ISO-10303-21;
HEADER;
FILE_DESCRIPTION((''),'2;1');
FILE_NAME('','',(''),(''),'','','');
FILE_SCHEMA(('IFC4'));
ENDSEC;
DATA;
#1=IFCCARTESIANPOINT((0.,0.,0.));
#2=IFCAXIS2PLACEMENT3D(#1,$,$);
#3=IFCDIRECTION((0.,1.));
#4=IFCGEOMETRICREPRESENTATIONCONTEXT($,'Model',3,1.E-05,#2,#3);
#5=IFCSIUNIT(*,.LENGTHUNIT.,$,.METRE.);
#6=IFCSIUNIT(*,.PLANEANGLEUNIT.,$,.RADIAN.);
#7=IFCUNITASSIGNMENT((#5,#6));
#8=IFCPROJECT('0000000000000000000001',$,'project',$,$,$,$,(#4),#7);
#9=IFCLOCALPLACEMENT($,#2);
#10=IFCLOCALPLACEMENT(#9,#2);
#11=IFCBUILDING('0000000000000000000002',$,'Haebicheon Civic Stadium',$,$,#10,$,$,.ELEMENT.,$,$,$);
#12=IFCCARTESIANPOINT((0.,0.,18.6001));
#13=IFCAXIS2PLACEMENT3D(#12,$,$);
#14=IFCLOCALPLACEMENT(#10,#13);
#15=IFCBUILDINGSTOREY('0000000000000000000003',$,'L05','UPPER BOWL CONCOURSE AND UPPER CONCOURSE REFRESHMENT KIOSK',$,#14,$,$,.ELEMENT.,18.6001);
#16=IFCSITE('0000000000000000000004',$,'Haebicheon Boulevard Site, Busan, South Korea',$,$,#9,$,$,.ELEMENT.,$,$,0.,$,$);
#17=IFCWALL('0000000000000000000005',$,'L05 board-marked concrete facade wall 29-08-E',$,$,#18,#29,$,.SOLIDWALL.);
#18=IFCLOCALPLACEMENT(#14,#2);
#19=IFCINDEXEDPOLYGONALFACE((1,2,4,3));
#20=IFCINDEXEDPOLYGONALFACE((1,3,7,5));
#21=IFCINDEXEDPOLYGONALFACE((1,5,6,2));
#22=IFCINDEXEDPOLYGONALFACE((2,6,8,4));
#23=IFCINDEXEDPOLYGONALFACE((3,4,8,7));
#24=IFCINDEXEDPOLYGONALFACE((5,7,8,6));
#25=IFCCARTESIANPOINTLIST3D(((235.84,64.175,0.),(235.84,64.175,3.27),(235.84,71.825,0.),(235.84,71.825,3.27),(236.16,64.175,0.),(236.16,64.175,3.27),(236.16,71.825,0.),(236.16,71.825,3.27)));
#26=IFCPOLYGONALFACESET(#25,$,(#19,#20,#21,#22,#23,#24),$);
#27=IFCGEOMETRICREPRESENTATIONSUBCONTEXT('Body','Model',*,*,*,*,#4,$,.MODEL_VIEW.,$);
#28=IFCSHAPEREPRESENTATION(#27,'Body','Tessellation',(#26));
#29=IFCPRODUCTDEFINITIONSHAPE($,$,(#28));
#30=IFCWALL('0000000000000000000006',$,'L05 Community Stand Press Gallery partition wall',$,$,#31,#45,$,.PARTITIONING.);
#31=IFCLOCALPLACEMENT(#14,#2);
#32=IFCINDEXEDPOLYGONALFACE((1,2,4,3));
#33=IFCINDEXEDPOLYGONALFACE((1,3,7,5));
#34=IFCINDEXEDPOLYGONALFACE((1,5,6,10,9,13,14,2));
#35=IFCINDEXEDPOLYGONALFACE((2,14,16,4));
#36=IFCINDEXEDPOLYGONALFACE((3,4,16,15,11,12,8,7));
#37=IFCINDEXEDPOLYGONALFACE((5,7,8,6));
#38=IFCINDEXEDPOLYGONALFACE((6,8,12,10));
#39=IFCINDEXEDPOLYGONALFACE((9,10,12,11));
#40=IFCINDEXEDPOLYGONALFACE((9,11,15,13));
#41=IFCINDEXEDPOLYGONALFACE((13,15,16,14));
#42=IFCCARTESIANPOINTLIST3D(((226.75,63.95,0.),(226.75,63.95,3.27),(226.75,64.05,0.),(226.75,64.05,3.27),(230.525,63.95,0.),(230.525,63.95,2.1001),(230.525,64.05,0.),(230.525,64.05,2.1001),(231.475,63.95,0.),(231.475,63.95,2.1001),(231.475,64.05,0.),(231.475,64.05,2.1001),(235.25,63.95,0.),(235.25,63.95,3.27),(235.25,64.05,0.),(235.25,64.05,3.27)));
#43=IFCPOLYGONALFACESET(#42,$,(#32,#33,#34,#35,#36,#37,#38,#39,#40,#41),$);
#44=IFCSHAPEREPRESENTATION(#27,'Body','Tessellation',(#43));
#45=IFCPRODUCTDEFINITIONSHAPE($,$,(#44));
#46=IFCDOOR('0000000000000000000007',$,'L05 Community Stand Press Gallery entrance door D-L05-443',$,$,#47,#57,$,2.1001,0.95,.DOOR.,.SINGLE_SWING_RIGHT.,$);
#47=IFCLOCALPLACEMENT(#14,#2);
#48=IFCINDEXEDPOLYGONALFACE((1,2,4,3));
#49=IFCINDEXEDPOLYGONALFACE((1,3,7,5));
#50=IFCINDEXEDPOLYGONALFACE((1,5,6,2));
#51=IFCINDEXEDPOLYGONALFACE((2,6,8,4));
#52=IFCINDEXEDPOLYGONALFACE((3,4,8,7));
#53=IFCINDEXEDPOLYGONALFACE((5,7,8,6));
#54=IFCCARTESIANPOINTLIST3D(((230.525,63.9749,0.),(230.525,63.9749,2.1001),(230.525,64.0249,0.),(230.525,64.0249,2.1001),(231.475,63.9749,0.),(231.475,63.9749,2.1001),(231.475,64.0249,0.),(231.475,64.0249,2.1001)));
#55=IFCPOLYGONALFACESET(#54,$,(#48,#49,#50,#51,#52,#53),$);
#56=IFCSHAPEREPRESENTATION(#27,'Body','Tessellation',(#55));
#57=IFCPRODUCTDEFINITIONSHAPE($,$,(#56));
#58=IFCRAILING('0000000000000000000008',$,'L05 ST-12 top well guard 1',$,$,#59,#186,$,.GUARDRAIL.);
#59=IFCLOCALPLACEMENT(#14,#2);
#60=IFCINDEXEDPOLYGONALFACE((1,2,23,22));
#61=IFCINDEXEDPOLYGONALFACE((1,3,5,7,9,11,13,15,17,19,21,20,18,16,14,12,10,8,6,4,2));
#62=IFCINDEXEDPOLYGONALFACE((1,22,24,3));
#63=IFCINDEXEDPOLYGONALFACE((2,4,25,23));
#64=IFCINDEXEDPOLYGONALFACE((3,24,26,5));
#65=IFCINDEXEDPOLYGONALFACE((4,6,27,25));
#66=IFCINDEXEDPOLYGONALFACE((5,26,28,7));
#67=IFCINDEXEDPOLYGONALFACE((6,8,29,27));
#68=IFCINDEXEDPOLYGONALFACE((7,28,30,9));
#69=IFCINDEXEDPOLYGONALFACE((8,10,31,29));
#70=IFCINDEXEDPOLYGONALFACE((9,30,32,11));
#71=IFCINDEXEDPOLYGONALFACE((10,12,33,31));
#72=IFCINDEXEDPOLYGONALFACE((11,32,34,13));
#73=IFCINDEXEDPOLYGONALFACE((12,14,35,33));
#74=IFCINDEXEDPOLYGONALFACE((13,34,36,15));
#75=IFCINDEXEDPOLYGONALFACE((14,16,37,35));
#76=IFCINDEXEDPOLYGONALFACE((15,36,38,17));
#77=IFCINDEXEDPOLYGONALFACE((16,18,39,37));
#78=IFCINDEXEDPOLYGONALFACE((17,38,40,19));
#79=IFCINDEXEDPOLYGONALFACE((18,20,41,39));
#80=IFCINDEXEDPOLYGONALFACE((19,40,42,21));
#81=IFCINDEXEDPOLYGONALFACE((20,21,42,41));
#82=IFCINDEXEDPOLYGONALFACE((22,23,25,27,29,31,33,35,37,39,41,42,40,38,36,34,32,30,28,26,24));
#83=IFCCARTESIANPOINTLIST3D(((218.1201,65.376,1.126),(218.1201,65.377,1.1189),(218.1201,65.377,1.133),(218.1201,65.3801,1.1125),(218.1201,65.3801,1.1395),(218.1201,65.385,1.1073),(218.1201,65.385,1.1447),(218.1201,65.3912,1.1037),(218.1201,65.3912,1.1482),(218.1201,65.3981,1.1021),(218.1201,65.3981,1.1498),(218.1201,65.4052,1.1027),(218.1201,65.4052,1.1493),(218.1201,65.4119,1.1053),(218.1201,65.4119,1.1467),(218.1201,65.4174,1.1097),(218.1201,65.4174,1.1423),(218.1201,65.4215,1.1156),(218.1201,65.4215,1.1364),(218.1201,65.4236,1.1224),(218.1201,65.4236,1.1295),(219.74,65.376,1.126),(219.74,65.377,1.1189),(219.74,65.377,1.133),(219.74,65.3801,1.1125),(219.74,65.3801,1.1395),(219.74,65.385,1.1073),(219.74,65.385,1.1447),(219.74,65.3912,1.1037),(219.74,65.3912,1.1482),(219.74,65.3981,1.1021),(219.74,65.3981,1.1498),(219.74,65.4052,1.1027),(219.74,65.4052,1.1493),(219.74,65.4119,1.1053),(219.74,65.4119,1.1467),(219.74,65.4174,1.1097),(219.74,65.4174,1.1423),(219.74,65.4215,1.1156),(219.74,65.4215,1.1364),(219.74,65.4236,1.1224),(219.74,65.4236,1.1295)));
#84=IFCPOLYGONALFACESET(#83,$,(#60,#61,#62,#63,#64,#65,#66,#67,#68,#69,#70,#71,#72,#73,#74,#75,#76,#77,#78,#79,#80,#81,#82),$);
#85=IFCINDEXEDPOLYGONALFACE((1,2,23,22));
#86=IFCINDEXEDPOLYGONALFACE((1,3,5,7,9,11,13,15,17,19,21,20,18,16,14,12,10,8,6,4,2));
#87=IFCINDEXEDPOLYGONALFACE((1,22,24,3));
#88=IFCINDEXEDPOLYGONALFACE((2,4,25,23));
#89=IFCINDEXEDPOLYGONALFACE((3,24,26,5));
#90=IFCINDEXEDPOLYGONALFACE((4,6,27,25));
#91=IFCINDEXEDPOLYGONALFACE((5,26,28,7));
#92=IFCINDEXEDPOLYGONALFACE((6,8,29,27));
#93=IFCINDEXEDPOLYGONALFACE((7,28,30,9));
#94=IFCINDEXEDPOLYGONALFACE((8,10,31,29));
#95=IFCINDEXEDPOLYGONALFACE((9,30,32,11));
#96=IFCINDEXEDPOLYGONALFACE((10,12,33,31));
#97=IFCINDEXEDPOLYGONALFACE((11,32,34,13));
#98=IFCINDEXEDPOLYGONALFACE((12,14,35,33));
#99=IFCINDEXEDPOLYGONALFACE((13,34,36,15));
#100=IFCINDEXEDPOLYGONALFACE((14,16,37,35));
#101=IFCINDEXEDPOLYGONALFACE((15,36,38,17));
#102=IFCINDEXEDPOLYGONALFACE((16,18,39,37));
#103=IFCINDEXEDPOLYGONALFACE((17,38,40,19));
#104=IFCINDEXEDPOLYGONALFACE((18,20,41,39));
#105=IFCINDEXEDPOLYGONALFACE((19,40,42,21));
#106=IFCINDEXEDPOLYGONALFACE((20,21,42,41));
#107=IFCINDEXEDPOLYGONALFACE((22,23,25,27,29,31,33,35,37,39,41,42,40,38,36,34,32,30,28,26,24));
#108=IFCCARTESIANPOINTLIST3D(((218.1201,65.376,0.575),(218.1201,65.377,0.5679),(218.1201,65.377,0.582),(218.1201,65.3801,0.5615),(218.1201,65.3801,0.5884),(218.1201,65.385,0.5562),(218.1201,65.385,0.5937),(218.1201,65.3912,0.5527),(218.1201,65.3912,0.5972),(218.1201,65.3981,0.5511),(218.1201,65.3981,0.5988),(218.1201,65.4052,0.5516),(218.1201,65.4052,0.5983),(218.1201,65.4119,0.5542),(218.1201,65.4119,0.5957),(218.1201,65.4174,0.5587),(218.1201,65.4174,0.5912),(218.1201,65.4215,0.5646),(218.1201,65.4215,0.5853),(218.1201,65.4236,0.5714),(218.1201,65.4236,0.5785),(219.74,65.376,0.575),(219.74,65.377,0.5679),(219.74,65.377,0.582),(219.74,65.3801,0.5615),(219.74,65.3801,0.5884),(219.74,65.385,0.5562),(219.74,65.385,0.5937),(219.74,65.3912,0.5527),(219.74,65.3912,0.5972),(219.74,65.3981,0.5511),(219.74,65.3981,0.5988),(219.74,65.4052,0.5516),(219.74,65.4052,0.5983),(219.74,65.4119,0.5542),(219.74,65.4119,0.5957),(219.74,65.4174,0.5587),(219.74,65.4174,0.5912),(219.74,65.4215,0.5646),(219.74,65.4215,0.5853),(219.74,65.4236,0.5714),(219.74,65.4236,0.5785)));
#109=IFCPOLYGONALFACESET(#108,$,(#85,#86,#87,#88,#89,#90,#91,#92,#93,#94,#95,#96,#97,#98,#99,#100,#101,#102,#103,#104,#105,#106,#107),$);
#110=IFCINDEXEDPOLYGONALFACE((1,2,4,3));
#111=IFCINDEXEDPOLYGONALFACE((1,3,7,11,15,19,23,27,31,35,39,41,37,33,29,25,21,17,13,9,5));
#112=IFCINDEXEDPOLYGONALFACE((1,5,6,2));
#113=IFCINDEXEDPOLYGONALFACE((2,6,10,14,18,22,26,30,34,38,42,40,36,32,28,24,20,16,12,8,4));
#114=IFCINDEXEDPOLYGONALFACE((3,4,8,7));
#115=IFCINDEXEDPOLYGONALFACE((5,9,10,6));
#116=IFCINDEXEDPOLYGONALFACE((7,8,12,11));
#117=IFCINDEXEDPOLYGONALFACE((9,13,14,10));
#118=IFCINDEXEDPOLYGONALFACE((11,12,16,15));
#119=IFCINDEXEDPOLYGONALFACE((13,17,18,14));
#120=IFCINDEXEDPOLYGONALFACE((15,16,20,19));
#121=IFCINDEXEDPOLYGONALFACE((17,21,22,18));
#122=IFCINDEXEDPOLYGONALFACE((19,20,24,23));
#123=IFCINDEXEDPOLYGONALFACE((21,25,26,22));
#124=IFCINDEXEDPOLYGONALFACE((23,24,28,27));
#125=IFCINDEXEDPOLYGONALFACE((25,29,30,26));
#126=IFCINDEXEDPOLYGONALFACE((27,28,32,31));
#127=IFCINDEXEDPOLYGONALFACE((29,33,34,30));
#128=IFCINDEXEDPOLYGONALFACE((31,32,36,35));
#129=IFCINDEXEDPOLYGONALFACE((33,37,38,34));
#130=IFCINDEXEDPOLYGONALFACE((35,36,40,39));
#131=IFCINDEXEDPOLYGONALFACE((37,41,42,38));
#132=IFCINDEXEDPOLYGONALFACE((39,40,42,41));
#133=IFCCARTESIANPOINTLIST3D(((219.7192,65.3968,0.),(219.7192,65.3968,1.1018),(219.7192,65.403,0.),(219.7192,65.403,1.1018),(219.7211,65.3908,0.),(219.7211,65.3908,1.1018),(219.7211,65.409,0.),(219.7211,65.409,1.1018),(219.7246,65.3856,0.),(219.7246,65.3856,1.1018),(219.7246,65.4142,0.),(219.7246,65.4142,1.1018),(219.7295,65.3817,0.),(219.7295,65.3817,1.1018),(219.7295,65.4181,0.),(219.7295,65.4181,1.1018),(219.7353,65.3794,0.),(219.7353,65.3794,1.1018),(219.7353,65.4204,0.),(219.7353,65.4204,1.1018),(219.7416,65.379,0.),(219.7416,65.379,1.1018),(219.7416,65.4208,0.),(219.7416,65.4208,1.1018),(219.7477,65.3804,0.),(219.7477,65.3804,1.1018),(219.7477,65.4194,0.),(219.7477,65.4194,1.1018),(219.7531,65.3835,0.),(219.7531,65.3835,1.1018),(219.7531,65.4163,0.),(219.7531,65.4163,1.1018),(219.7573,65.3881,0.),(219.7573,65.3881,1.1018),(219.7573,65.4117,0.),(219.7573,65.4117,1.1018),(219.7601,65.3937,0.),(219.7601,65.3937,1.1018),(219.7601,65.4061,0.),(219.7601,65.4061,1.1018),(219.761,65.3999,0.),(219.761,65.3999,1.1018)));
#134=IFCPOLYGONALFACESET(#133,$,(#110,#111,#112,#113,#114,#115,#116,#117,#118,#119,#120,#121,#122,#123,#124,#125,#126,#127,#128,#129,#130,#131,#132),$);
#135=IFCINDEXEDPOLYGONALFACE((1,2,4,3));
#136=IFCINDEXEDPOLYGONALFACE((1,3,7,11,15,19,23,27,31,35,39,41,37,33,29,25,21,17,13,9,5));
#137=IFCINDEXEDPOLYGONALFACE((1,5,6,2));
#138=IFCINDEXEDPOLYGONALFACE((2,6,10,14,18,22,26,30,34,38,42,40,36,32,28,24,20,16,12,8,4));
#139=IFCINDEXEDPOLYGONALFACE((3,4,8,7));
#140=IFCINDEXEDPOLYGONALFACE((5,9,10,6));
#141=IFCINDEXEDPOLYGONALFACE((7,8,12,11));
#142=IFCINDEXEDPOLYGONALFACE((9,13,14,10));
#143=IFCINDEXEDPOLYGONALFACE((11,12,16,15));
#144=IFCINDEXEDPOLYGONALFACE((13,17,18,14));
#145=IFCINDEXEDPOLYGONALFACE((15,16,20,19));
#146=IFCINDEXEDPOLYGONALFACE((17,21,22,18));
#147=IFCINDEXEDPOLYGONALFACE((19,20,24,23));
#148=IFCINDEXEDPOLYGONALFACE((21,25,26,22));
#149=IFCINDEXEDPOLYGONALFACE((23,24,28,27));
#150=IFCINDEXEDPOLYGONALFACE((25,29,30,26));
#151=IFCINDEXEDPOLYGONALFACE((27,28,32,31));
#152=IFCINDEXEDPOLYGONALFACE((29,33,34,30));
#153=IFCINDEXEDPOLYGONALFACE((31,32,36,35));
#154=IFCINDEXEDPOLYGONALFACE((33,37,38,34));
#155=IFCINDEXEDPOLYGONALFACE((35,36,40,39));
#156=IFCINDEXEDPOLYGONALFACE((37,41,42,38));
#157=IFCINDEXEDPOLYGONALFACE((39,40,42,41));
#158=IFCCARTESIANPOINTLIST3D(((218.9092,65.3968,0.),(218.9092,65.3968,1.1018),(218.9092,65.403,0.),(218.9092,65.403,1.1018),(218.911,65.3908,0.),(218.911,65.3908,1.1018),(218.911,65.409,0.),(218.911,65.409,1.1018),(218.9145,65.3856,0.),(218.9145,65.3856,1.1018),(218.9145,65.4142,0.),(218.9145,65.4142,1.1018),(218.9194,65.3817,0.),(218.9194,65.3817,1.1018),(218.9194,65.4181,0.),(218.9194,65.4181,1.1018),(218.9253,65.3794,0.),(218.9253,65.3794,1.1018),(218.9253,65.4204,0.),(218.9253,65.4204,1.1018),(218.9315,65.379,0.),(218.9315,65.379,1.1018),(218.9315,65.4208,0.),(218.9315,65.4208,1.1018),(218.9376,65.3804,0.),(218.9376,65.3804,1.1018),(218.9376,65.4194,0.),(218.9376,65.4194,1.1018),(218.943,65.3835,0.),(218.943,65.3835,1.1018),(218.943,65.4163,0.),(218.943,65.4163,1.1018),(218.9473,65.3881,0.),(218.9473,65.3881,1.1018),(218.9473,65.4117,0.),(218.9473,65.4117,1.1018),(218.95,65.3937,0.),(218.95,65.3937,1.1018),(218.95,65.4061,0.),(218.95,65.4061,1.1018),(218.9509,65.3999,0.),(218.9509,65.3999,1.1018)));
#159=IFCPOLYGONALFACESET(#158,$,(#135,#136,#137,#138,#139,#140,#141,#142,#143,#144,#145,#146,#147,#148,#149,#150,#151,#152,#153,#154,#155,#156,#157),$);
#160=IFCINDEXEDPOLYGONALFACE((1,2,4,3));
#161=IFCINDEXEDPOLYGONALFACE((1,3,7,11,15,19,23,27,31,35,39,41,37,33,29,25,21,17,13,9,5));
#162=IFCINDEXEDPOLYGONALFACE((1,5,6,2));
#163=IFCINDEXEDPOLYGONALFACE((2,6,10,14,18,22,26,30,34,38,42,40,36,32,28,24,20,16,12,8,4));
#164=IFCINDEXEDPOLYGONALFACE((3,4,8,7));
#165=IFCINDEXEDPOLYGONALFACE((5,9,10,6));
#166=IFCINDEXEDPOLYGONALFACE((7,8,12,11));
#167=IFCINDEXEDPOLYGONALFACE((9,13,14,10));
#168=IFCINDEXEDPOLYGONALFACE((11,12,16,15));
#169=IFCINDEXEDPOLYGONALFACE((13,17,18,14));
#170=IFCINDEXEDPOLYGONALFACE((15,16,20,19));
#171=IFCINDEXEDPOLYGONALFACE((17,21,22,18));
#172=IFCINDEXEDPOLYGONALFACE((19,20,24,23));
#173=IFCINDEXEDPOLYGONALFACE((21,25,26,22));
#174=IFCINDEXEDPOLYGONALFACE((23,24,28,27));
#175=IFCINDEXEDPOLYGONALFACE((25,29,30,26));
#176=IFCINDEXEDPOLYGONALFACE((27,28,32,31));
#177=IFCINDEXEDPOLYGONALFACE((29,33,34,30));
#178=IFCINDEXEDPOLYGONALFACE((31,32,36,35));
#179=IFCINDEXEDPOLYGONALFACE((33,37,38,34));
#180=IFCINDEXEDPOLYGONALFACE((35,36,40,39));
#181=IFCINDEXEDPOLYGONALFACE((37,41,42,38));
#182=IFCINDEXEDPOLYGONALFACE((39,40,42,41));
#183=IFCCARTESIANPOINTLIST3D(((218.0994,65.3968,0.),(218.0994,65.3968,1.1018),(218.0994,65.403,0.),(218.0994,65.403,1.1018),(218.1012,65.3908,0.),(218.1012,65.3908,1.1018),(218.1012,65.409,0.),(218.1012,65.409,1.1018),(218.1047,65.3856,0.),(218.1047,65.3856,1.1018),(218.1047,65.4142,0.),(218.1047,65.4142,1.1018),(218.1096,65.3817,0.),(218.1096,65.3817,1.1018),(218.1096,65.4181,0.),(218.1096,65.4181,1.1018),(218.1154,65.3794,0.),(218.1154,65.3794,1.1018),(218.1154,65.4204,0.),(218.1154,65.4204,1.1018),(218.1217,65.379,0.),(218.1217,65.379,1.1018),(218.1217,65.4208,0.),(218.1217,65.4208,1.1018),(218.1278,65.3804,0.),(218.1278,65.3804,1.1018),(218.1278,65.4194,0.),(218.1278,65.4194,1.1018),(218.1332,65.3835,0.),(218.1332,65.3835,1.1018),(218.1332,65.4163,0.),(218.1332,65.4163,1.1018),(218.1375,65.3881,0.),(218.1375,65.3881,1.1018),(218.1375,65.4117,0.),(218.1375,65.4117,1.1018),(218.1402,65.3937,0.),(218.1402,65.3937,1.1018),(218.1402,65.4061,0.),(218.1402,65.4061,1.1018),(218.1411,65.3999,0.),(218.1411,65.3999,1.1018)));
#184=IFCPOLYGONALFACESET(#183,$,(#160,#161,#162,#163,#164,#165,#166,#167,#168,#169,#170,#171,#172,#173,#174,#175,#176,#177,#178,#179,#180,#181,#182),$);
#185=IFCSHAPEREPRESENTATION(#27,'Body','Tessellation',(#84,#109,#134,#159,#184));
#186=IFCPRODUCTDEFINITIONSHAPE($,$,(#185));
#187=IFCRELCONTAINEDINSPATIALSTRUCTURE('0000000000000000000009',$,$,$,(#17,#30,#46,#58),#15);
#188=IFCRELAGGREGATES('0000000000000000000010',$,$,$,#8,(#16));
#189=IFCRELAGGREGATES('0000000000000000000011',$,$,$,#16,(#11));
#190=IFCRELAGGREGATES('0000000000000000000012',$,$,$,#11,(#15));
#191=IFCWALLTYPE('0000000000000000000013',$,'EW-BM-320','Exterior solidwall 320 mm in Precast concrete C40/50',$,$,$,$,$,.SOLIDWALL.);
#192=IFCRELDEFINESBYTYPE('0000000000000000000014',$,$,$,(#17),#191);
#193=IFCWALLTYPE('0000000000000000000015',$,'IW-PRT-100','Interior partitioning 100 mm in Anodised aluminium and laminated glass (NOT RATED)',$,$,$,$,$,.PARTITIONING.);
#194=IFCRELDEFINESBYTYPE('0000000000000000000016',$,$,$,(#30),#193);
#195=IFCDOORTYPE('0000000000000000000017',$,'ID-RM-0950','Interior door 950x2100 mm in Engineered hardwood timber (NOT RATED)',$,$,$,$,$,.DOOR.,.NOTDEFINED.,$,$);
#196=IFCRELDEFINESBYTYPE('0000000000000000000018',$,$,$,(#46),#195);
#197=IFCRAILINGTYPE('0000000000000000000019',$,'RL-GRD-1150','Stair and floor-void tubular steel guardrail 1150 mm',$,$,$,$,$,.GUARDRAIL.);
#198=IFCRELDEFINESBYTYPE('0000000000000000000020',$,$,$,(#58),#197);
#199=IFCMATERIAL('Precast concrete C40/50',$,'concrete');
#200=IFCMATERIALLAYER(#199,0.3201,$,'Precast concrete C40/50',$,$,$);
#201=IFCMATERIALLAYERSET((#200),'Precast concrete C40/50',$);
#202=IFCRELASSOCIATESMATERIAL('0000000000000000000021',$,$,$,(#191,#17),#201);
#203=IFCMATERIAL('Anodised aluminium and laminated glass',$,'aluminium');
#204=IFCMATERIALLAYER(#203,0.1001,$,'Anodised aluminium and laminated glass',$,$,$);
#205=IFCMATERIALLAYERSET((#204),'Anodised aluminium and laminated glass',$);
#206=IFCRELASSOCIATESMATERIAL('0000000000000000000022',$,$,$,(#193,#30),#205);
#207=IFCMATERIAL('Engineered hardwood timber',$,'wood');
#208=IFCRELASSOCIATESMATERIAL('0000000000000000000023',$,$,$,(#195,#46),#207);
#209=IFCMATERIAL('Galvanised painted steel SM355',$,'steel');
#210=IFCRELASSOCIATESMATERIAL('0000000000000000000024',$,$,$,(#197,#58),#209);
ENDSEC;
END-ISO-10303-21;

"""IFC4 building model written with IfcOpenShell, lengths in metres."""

from ifc_helpers import new_model, si_unit, direction, frame, frame_2d, origin, origin_2d, place, context, subcontext, project, spatial, rectangle, circle, extrude, material, layer, layer_set, type_object, element, fill, save


model = new_model("IFC4")

# Units and contexts
model_context = context("Model", 3, precision=1e-05, world=origin(), true_north=direction((0.0, 1.0)))
body_context = subcontext(model_context, "Body", "Model", "MODEL_VIEW")
ifc_project = project(units=[si_unit("LENGTHUNIT", "METRE"), si_unit("PLANEANGLEUNIT", "RADIAN")], contexts=[model_context])

# Site, building, storey
site_placement = place(None, origin())
site = spatial("IfcSite", under=ifc_project, at=site_placement, Name="Haebicheon Boulevard Site, Busan, South Korea", CompositionType="ELEMENT", RefElevation=0.0)
building_placement = place(site_placement, origin())
building = spatial("IfcBuilding", under=site, at=building_placement, Name="Haebicheon Civic Stadium", CompositionType="ELEMENT")
storey_placement = place(building_placement, frame((0.0, 0.0, 18.6001)))
storey = spatial("IfcBuildingStorey", under=building, at=storey_placement, Name="L05", Description="UPPER BOWL CONCOURSE AND UPPER CONCOURSE REFRESHMENT KIOSK", CompositionType="ELEMENT", Elevation=18.6001)

# Wall
ifc_material_1 = material(Name="Precast concrete C40/50", Category="concrete")
ifc_layer_1 = layer(ifc_material_1, 0.3201, Name="Precast concrete C40/50")
ifc_layer_set_1 = layer_set([ifc_layer_1], Name="Precast concrete C40/50")
wall_type_1 = type_object("IfcWallType", Name="EW-BM-320", Description="Exterior solidwall 320 mm in Precast concrete C40/50", PredefinedType="SOLIDWALL", material=ifc_layer_set_1)
wall_1_placement = place(storey_placement, frame((236.0, 64.175, 0.0), z_axis=(0.0, 0.0, 1.0), x_axis=(0.0, 1.0, 0.0)))
element("IfcWall", 1, at=wall_1_placement, inside=storey, type_object=wall_type_1, material=ifc_layer_set_1, Name="L05 board-marked concrete facade wall 29-08-E", PredefinedType="SOLIDWALL", context=body_context, shape_type="SweptSolid", body=[
    extrude(rectangle(XDim=7.6499, YDim=0.3201, at=frame_2d((3.825, 0.0))), origin(), (0.0, 0.0, 1.0), 3.27),
])

# Wall, opening, door
ifc_material_2 = material(Name="Anodised aluminium and laminated glass", Category="aluminium")
ifc_layer_2 = layer(ifc_material_2, 0.1001, Name="Anodised aluminium and laminated glass")
ifc_layer_set_2 = layer_set([ifc_layer_2], Name="Anodised aluminium and laminated glass")
wall_type_2 = type_object("IfcWallType", Name="IW-PRT-100", Description="Interior partitioning 100 mm in Anodised aluminium and laminated glass (NOT RATED)", PredefinedType="PARTITIONING", material=ifc_layer_set_2)
wall_2_placement = place(storey_placement, frame((226.75, 64.0, 0.0), z_axis=(0.0, 0.0, 1.0), x_axis=(1.0, 0.0, 0.0)))
wall_2 = element("IfcWall", 2, at=wall_2_placement, inside=storey, type_object=wall_type_2, material=ifc_layer_set_2, Name="L05 Community Stand Press Gallery partition wall", PredefinedType="PARTITIONING", context=body_context, shape_type="SweptSolid", body=[
    extrude(rectangle(XDim=8.5, YDim=0.1001, at=frame_2d((4.25, 0.0))), origin(), (0.0, 0.0, 1.0), 3.27),
])
opening_1_placement = place(wall_2_placement, frame((3.7749, 0.0, 0.0)))
opening_1 = element("IfcOpeningElement", 3, at=opening_1_placement, cuts=wall_2, PredefinedType="OPENING", context=body_context, shape_type="SweptSolid", body=[
    extrude(rectangle(XDim=0.95, YDim=2.1001, at=frame_2d((0.4751, 1.05))), frame((0.0, 0.0601, 0.0), z_axis=(0.0, -1.0, 0.0), x_axis=(1.0, 0.0, 0.0)), (0.0, 0.0, 1.0), 0.1201),
])
ifc_material_3 = material(Name="Engineered hardwood timber", Category="wood")
door_type_1 = type_object("IfcDoorType", Name="ID-RM-0950", Description="Interior door 950x2100 mm in Engineered hardwood timber (NOT RATED)", OperationType="NOTDEFINED", PredefinedType="DOOR", material=ifc_material_3)
door_1_placement = place(opening_1_placement, origin())
door_1 = element("IfcDoor", 4, at=door_1_placement, inside=storey, type_object=door_type_1, material=ifc_material_3, Name="L05 Community Stand Press Gallery entrance door D-L05-443", OperationType="SINGLE_SWING_RIGHT", OverallHeight=2.1001, OverallWidth=0.95, PredefinedType="DOOR", context=body_context, shape_type="SweptSolid", body=[
    extrude(rectangle(XDim=0.95, YDim=2.1001, at=frame_2d((0.4751, 1.05))), frame((0.0, 0.0249, 0.0), z_axis=(0.0, -1.0, 0.0), x_axis=(1.0, 0.0, 0.0)), (0.0, 0.0, 1.0), 0.05),
])
fill(opening_1, door_1)

# Railing
ifc_material_4 = material(Name="Galvanised painted steel SM355", Category="steel")
railing_type = type_object("IfcRailingType", Name="RL-GRD-1150", Description="Stair and floor-void tubular steel guardrail 1150 mm", PredefinedType="GUARDRAIL", material=ifc_material_4)
railing_1_placement = place(storey_placement, frame((219.74, 65.3999, 0.0)))
element("IfcRailing", 5, at=railing_1_placement, inside=storey, type_object=railing_type, material=ifc_material_4, Name="L05 ST-12 top well guard 1", PredefinedType="GUARDRAIL", context=body_context, shape_type="SweptSolid", body=[
    extrude(circle(Radius=0.0239, at=origin_2d()), frame((0.0, 0.0, 1.126), z_axis=(-1.0, 0.0, 0.0), x_axis=(0.0, -1.0, 0.0)), (0.0, 0.0, 1.0), 1.6199),
    extrude(circle(Radius=0.0239, at=origin_2d()), frame((0.0, 0.0, 0.575), z_axis=(-1.0, 0.0, 0.0), x_axis=(0.0, -1.0, 0.0)), (0.0, 0.0, 1.0), 1.6199),
    extrude(circle(Radius=0.021, at=origin_2d()), origin(), (0.0, 0.0, 1.0), 1.1018),
    extrude(circle(Radius=0.021, at=origin_2d()), frame((-0.8101, 0.0, 0.0)), (0.0, 0.0, 1.0), 1.1018),
    extrude(circle(Radius=0.021, at=origin_2d()), frame((-1.6199, 0.0, 0.0)), (0.0, 0.0, 1.0), 1.1018),
])

save(model, "model.ifc")
